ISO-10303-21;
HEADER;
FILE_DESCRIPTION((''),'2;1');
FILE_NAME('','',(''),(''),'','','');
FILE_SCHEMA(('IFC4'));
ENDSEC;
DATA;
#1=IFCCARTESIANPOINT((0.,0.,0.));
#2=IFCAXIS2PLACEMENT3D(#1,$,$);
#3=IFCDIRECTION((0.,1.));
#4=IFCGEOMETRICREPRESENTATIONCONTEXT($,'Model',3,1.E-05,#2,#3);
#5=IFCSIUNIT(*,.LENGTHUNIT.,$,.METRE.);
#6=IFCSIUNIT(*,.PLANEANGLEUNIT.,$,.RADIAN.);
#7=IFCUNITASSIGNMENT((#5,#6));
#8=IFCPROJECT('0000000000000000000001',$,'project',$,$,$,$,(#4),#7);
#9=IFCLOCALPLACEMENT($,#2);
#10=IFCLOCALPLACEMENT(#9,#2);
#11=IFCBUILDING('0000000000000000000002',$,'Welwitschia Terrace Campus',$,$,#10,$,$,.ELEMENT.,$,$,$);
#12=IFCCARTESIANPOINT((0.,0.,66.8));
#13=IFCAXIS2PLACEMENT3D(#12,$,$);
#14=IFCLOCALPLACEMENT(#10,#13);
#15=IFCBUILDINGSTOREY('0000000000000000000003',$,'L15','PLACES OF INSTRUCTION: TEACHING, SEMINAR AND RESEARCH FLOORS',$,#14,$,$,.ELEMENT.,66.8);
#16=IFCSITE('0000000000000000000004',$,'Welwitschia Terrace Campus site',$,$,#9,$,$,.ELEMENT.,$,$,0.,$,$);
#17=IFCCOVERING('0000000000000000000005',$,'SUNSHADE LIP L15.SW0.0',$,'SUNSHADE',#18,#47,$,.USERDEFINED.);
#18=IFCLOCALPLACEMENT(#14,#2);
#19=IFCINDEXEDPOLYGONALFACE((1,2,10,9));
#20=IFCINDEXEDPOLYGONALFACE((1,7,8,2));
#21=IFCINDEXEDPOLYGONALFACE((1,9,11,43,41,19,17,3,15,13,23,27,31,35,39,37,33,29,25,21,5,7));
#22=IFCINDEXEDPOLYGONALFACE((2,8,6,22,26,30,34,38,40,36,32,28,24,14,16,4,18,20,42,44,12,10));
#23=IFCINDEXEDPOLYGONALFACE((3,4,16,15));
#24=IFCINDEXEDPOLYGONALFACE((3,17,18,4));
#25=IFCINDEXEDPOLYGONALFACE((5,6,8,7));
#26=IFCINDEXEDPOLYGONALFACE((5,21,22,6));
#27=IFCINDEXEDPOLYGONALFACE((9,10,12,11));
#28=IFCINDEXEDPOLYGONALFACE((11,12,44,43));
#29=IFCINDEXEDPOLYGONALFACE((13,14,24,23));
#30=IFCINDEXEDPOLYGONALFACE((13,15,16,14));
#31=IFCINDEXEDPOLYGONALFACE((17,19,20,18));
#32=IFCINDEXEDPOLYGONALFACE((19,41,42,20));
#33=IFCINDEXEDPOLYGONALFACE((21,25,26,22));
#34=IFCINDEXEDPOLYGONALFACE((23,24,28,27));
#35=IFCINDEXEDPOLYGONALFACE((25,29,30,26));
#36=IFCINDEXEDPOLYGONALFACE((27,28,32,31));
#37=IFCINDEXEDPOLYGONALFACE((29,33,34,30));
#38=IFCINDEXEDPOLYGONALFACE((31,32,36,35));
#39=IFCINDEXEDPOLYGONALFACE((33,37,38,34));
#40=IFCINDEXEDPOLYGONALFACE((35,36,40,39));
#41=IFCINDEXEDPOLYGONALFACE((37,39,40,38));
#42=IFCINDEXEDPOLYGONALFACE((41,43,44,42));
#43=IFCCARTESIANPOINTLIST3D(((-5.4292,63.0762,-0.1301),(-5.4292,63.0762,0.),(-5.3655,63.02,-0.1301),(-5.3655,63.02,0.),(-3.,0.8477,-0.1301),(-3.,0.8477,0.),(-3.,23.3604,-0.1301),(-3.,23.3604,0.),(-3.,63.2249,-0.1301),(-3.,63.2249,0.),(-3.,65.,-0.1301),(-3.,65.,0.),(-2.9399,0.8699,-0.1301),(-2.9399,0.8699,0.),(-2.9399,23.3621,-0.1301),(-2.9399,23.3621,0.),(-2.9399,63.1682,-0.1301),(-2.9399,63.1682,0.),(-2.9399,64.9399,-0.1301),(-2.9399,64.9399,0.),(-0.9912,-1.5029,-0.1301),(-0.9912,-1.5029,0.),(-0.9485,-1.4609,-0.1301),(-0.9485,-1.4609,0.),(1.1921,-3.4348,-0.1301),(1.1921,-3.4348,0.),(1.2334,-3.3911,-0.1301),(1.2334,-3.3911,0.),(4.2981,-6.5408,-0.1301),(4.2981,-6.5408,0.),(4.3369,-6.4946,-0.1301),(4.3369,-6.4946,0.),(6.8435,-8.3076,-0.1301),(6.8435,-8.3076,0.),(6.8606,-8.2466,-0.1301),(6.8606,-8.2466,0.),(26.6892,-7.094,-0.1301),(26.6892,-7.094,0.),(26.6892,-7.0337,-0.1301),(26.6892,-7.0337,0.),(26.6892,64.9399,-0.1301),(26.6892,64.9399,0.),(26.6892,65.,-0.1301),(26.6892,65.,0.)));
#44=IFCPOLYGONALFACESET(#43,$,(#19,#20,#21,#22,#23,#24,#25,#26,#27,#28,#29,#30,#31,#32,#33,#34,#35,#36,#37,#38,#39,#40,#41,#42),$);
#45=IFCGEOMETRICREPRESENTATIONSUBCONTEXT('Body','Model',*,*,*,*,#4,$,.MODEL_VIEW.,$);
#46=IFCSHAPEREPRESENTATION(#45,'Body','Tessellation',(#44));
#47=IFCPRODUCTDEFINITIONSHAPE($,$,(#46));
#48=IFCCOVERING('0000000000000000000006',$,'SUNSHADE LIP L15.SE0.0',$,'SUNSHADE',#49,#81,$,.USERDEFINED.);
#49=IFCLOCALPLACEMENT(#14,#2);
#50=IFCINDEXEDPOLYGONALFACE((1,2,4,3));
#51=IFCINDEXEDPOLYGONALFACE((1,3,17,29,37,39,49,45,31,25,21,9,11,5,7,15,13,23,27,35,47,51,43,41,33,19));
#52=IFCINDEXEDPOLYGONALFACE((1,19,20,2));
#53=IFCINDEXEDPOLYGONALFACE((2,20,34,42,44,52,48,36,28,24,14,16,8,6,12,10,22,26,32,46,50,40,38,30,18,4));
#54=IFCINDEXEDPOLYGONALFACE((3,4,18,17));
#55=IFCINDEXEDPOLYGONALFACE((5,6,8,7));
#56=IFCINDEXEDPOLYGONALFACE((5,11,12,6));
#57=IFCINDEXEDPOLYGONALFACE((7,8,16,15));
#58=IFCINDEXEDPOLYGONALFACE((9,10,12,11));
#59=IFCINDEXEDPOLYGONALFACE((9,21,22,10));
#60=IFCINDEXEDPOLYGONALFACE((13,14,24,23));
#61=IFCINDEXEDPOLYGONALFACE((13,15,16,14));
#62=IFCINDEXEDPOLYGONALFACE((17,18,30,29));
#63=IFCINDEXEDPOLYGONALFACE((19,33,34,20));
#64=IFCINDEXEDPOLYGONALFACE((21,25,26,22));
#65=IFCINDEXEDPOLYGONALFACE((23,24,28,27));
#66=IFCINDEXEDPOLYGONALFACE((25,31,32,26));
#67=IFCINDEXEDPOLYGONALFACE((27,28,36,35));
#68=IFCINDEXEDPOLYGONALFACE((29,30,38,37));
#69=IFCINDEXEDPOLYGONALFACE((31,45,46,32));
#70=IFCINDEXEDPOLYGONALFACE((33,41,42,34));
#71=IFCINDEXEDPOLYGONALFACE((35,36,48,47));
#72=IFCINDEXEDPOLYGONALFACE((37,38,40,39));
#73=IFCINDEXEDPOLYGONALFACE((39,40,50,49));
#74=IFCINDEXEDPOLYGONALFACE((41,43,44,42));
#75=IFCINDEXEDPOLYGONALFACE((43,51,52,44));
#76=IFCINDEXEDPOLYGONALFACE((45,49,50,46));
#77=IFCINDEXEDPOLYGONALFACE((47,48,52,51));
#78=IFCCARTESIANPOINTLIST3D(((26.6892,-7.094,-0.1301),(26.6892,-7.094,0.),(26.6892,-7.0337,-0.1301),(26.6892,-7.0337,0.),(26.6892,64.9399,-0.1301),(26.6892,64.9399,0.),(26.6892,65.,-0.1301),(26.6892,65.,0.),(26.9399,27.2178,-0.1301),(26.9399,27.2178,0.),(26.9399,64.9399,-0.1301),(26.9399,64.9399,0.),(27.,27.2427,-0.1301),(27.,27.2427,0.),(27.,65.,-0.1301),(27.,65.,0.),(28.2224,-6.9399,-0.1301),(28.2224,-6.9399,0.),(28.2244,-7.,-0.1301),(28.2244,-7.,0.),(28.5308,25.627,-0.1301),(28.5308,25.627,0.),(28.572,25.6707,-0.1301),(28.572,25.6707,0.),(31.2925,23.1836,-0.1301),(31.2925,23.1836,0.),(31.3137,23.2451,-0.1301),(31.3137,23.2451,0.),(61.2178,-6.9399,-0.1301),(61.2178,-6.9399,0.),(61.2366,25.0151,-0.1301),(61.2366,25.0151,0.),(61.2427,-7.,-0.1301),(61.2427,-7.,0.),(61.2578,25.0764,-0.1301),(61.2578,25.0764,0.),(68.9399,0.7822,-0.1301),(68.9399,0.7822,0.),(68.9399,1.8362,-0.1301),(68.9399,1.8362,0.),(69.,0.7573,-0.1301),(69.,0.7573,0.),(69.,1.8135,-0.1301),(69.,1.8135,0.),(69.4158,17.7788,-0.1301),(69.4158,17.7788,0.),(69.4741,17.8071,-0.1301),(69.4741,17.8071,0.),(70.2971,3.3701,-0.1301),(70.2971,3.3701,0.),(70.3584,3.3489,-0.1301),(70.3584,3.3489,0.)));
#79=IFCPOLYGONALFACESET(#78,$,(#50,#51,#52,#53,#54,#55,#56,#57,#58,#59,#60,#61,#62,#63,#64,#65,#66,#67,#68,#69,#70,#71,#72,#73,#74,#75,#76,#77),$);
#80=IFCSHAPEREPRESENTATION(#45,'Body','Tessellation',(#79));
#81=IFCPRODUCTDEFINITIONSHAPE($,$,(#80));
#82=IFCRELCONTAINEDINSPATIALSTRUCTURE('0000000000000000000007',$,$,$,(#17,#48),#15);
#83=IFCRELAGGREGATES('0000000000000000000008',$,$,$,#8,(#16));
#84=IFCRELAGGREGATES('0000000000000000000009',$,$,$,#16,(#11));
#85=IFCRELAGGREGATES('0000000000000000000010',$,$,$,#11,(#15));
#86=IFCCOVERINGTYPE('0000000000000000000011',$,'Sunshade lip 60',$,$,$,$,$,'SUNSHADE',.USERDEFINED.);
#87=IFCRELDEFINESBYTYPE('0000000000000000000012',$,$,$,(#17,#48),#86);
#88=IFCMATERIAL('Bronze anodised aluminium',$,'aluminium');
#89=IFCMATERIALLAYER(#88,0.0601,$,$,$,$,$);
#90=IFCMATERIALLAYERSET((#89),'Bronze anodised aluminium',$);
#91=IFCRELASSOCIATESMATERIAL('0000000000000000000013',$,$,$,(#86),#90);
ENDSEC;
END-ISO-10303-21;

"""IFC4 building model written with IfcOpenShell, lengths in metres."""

from ifc_helpers import new_model, si_unit, direction, frame, origin, place, context, subcontext, project, spatial, polyline, outline, extrude, material, layer, layer_set, type_object, element, save


model = new_model("IFC4")

# Units and contexts
model_context = context("Model", 3, precision=1e-05, world=origin(), true_north=direction((0.0, 1.0)))
body_context = subcontext(model_context, "Body", "Model", "MODEL_VIEW")
ifc_project = project(units=[si_unit("LENGTHUNIT", "METRE"), si_unit("PLANEANGLEUNIT", "RADIAN")], contexts=[model_context])

# Site, building, storey
site_placement = place(None, origin())
site = spatial("IfcSite", under=ifc_project, at=site_placement, Name="Welwitschia Terrace Campus site", CompositionType="ELEMENT", RefElevation=0.0)
building_placement = place(site_placement, origin())
building = spatial("IfcBuilding", under=site, at=building_placement, Name="Welwitschia Terrace Campus", CompositionType="ELEMENT")
storey_placement = place(building_placement, frame((0.0, 0.0, 66.8)))
storey = spatial("IfcBuildingStorey", under=building, at=storey_placement, Name="L15", Description="PLACES OF INSTRUCTION: TEACHING, SEMINAR AND RESEARCH FLOORS", CompositionType="ELEMENT", Elevation=66.8)

# Coverings
ifc_material_1 = material(Name="Bronze anodised aluminium", Category="aluminium")
ifc_layer_1 = layer(ifc_material_1, 0.0601)
ifc_layer_set_1 = layer_set([ifc_layer_1], Name="Bronze anodised aluminium")
covering_type_1 = type_object("IfcCoveringType", Name="Sunshade lip 60", ElementType="SUNSHADE", PredefinedType="USERDEFINED", material=ifc_layer_set_1)
covering_1_placement = place(storey_placement, frame((0.0, 0.0, -0.1301)))
element("IfcCovering", 1, at=covering_1_placement, inside=storey, type_object=covering_type_1, Name="SUNSHADE LIP L15.SW0.0", ObjectType="SUNSHADE", PredefinedType="USERDEFINED", context=body_context, shape_type="SweptSolid", body=[
    extrude(outline(polyline([(-3.0, 63.2249), (-3.0, 65.0), (26.6892, 65.0), (26.6892, 64.9399), (-2.9399, 64.9399), (-2.9399, 63.1682), (-5.3655, 63.02), (-2.9399, 23.3621), (-2.9399, 0.8699), (-0.9485, -1.4609), (1.2334, -3.3911), (4.3369, -6.4946), (6.8606, -8.2466), (26.6892, -7.0337), (26.6892, -7.094), (6.8435, -8.3076), (4.2981, -6.5408), (1.1921, -3.4348), (-0.9912, -1.5029), (-3.0, 0.8477), (-3.0, 23.3604), (-5.4292, 63.0762), (-3.0, 63.2249)])), origin(), (0.0, 0.0, 1.0), 0.1301),
])
covering_2_placement = place(storey_placement, frame((0.0, 0.0, -0.1301)))
element("IfcCovering", 2, at=covering_2_placement, inside=storey, type_object=covering_type_1, Name="SUNSHADE LIP L15.SE0.0", ObjectType="SUNSHADE", PredefinedType="USERDEFINED", context=body_context, shape_type="SweptSolid", body=[
    extrude(outline(polyline([(27.0, 27.2427), (28.572, 25.6707), (31.3137, 23.2451), (61.2578, 25.0764), (69.4741, 17.8071), (70.3584, 3.3489), (69.0, 1.8135), (69.0, 0.7573), (61.2427, -7.0), (28.2244, -7.0), (26.6892, -7.094), (26.6892, -7.0337), (28.2224, -6.9399), (61.2178, -6.9399), (68.9399, 0.7822), (68.9399, 1.8362), (70.2971, 3.3701), (69.4158, 17.7788), (61.2366, 25.0151), (31.2925, 23.1836), (28.5308, 25.627), (26.9399, 27.2178), (26.9399, 64.9399), (26.6892, 64.9399), (26.6892, 65.0), (27.0, 65.0), (27.0, 27.2427)])), origin(), (0.0, 0.0, 1.0), 0.1301),
])

save(model, "model.ifc")
